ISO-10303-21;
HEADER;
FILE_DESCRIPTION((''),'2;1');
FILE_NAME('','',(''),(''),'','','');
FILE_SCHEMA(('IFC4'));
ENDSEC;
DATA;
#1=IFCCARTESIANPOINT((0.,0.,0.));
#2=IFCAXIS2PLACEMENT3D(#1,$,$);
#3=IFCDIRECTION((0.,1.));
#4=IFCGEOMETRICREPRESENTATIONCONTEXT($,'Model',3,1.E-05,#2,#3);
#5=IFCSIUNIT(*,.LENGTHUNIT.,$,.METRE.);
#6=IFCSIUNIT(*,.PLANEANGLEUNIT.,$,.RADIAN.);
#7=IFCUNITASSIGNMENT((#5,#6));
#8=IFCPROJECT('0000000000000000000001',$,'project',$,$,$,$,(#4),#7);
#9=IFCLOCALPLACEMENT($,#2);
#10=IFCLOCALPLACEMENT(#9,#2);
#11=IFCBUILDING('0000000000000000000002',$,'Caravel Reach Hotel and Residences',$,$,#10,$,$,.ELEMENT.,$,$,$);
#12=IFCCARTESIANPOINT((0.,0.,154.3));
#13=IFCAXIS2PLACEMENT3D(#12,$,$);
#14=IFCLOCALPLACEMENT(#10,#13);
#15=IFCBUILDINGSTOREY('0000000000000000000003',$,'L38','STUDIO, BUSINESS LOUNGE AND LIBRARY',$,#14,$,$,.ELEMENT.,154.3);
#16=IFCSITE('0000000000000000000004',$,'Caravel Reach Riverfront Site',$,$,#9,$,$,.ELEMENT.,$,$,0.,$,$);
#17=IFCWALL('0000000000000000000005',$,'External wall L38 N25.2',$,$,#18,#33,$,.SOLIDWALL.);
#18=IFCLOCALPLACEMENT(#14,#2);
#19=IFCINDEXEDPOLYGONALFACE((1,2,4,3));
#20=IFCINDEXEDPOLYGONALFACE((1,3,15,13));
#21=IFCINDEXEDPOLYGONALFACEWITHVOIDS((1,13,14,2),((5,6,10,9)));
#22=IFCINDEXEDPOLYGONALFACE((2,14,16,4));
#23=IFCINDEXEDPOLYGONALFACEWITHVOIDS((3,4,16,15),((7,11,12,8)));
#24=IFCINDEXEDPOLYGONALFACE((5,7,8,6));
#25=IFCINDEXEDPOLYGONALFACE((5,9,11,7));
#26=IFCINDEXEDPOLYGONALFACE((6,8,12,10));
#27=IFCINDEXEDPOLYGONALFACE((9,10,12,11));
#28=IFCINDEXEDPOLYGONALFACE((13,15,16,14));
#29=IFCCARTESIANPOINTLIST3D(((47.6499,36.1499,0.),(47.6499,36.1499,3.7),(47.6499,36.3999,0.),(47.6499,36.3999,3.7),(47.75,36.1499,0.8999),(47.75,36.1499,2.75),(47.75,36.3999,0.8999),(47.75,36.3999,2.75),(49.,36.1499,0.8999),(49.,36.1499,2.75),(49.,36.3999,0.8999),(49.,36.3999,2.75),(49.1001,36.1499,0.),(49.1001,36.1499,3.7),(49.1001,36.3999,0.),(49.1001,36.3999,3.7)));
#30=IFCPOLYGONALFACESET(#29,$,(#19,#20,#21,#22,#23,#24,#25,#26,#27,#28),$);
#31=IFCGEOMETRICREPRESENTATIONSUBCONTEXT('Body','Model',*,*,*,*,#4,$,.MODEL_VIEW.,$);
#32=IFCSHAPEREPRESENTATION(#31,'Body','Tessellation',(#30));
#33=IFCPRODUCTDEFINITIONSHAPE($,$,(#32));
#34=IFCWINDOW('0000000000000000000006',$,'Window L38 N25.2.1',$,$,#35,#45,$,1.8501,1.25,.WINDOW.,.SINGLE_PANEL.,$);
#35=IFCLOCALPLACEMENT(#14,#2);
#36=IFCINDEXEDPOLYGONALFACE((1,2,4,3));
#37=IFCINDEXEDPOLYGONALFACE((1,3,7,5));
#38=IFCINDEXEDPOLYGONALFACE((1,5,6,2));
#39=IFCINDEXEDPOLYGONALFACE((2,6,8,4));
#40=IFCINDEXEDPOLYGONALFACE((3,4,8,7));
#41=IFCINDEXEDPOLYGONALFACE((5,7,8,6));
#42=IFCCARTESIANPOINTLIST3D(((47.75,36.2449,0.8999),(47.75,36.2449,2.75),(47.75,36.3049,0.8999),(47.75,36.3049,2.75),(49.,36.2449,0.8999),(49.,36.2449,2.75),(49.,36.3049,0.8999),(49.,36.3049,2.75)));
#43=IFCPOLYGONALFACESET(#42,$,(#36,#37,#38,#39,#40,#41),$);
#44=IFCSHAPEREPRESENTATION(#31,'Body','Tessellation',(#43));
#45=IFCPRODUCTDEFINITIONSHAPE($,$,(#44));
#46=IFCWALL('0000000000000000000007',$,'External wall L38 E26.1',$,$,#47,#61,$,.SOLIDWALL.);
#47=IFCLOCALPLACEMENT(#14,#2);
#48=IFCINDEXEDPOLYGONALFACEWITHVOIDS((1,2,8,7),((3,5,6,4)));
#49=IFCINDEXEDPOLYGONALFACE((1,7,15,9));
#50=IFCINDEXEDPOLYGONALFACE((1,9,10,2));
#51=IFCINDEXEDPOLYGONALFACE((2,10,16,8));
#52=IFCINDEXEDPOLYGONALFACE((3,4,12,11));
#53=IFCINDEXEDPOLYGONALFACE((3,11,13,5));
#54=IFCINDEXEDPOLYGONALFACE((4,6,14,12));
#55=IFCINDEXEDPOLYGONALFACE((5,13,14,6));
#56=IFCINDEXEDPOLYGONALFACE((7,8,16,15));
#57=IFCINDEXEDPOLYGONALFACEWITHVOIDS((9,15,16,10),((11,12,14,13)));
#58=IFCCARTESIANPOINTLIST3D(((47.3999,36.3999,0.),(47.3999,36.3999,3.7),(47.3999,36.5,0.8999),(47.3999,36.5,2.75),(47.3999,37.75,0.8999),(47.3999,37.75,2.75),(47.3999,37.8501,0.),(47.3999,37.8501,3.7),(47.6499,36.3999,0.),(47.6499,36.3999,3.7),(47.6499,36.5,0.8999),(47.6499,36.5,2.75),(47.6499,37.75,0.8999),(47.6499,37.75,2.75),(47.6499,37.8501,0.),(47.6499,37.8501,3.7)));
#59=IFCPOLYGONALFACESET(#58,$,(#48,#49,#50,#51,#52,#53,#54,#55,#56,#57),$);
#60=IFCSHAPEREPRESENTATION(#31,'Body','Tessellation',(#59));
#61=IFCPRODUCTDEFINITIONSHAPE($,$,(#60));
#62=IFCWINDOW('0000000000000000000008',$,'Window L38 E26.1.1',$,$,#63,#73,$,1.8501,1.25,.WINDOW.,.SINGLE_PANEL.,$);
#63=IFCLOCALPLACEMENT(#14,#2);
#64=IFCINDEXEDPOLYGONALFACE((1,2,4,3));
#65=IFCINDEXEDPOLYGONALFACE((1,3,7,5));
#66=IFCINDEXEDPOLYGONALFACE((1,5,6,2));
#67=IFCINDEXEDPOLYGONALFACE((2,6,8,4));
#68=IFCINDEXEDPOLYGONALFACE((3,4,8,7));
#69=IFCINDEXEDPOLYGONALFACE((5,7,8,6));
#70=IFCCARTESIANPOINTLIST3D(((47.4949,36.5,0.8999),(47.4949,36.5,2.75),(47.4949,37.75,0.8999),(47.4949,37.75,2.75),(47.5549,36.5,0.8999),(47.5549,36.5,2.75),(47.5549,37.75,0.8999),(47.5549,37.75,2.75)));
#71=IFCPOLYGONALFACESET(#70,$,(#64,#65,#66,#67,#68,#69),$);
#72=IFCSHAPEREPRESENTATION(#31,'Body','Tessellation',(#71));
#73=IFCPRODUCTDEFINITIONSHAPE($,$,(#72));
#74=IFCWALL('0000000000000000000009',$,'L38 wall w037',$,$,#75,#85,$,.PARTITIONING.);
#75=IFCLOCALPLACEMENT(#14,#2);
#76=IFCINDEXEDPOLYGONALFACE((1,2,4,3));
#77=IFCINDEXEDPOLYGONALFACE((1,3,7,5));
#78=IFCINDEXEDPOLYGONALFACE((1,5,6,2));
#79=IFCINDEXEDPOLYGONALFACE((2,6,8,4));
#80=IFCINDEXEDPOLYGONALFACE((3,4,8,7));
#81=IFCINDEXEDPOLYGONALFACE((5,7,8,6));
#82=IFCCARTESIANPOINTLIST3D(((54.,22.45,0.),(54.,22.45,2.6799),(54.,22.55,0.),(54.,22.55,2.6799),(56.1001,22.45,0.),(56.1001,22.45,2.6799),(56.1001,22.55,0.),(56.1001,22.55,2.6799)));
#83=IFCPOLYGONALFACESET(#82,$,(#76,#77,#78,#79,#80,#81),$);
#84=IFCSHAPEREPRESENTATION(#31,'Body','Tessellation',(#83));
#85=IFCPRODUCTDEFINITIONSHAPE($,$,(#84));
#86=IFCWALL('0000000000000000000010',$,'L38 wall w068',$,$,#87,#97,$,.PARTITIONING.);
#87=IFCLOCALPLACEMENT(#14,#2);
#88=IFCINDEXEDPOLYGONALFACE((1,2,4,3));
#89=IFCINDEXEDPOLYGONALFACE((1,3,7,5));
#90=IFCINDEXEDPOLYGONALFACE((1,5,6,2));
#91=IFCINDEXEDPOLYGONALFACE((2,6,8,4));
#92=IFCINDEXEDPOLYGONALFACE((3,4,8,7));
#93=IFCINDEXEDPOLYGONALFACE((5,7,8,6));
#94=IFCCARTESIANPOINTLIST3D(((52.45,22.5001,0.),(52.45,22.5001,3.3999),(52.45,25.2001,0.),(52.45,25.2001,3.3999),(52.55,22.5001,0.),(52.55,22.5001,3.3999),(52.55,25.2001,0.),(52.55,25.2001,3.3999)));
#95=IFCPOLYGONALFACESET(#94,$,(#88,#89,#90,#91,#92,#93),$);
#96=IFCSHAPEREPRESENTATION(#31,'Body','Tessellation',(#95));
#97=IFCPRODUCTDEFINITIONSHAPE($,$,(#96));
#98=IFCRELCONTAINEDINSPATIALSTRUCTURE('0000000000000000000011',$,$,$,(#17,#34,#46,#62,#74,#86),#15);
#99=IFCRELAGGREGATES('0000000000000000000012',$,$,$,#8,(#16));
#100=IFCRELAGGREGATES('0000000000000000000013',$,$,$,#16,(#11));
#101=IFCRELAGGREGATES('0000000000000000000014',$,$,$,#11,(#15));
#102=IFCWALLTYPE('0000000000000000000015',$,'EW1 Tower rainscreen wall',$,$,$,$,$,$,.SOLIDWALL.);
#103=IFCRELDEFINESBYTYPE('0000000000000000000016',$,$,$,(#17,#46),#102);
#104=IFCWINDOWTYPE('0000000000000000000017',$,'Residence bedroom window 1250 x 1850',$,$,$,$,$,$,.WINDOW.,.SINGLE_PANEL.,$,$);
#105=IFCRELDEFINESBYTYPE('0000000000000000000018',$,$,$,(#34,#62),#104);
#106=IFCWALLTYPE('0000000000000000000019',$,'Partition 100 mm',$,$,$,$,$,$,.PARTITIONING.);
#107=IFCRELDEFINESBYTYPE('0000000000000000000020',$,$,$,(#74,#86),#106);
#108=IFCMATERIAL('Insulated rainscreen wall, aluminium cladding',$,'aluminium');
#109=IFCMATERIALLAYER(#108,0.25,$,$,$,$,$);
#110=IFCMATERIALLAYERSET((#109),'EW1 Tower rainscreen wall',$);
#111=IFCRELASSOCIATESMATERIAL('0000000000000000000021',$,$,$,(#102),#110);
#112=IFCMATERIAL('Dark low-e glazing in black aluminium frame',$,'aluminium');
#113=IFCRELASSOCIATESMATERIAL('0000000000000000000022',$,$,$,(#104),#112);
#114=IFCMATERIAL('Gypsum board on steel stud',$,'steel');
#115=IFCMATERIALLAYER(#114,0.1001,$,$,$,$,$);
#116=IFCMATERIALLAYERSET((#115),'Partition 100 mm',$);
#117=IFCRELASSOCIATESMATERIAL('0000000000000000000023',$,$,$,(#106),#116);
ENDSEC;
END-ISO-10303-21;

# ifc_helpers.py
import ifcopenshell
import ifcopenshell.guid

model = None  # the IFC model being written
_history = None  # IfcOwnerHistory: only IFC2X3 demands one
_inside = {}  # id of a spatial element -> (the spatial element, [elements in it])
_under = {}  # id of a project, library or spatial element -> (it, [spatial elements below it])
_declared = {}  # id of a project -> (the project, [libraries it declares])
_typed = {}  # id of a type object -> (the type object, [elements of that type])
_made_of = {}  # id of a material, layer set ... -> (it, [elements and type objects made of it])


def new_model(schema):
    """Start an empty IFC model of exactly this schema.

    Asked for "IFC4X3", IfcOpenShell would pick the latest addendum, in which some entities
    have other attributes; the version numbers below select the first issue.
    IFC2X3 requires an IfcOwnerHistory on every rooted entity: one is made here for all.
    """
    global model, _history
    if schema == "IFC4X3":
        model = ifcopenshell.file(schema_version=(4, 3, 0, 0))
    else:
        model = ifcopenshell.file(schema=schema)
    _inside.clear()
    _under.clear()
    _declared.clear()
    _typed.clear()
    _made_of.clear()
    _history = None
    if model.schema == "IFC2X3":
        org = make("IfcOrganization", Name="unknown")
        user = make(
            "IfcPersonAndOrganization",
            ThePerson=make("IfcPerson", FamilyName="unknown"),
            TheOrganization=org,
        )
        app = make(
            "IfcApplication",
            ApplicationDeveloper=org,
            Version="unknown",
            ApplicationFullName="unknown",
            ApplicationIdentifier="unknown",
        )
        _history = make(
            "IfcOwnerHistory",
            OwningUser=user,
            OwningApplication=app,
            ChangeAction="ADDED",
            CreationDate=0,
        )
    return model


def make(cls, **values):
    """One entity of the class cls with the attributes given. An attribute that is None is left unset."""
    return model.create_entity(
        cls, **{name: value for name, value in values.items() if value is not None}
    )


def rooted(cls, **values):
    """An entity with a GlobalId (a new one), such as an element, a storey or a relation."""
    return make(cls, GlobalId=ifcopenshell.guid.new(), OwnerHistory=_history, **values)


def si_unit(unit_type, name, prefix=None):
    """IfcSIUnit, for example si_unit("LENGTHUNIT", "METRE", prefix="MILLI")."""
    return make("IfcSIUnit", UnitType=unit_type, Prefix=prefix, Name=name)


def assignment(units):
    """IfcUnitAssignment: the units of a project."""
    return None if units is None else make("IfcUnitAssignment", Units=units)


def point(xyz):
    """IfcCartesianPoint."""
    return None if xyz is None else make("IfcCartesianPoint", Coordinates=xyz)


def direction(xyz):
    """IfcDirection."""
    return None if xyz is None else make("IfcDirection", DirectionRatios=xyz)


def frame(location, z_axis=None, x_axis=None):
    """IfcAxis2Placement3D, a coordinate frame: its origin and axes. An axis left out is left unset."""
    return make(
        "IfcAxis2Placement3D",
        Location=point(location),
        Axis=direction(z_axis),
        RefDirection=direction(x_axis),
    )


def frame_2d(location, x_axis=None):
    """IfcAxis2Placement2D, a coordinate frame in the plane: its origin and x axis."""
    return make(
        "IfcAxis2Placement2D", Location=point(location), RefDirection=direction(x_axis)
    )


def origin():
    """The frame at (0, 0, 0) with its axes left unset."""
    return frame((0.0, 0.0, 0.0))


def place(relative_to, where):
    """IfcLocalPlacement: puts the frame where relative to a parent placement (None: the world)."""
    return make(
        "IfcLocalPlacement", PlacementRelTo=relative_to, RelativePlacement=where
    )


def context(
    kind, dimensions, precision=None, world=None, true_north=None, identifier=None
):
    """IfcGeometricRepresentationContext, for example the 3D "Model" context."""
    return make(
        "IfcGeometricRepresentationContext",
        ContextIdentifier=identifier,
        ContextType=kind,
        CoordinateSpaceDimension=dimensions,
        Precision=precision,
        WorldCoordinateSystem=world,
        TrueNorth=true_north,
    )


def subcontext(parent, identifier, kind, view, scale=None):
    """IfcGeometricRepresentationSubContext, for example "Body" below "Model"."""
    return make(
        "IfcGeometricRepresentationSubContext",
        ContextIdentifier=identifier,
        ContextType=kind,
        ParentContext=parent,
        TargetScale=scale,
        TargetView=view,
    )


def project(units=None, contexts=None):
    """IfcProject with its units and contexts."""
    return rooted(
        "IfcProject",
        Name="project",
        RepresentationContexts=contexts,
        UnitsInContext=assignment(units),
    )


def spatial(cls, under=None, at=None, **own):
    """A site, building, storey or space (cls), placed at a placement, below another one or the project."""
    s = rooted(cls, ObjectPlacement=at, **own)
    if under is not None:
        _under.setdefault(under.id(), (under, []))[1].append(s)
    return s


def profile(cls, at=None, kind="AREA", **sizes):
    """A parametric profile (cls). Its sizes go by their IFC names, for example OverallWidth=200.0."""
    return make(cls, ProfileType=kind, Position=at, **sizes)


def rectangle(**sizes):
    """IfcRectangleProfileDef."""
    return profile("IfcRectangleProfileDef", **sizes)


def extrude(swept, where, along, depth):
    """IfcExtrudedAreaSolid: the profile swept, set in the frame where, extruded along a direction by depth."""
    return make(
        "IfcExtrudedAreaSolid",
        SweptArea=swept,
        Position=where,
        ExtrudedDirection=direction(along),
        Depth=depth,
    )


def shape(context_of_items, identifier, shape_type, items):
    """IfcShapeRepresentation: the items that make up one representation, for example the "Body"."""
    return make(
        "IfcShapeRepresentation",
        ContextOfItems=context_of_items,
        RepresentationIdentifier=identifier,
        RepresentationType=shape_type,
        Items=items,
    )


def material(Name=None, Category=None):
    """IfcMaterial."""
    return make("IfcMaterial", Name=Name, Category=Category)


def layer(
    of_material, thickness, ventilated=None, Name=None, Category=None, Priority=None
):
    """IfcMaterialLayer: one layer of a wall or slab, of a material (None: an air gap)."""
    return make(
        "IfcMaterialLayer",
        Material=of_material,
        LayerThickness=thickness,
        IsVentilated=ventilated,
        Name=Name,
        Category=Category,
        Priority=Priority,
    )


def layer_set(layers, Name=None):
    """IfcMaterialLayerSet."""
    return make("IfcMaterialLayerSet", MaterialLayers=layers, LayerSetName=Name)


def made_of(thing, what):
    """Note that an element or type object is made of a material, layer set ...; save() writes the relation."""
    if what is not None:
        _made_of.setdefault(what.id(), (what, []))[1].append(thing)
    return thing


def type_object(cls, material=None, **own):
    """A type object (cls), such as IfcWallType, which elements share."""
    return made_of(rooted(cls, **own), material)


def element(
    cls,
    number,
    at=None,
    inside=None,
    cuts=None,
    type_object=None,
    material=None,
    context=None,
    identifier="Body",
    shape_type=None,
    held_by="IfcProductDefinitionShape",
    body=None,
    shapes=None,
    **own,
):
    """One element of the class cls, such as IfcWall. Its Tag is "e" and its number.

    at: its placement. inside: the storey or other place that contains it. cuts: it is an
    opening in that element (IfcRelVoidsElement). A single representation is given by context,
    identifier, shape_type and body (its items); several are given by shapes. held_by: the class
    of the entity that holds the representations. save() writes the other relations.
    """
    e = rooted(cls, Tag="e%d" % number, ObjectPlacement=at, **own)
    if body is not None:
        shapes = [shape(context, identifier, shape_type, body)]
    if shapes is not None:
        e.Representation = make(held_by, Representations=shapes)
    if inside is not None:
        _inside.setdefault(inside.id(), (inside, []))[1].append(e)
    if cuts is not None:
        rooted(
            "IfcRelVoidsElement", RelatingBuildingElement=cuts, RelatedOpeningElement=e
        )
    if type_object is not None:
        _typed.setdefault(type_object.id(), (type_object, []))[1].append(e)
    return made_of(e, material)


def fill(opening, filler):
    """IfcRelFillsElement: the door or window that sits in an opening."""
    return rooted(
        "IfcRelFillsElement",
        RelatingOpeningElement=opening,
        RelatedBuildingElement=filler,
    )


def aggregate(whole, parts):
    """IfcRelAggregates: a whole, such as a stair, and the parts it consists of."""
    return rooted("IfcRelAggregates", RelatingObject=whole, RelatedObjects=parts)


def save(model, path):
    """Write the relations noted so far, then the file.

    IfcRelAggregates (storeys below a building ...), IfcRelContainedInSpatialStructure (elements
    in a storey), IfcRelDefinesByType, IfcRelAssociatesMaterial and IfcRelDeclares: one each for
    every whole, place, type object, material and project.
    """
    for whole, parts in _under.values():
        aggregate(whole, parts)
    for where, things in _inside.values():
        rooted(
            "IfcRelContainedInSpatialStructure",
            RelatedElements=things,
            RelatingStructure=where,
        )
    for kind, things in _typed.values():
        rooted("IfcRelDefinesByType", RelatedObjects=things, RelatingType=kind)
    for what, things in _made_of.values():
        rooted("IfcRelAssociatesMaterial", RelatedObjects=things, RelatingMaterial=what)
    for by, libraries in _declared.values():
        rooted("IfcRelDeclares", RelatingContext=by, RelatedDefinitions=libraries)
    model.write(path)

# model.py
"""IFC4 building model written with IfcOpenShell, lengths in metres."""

from ifc_helpers import new_model, si_unit, direction, frame, frame_2d, origin, place, context, subcontext, project, spatial, rectangle, extrude, material, layer, layer_set, type_object, element, fill, save


model = new_model("IFC4")

# Units and contexts
model_context = context("Model", 3, precision=1e-05, world=origin(), true_north=direction((0.0, 1.0)))
body_context = subcontext(model_context, "Body", "Model", "MODEL_VIEW")
ifc_project = project(units=[si_unit("LENGTHUNIT", "METRE"), si_unit("PLANEANGLEUNIT", "RADIAN")], contexts=[model_context])

# Site, building, storey
site_placement = place(None, origin())
site = spatial("IfcSite", under=ifc_project, at=site_placement, Name="Caravel Reach Riverfront Site", CompositionType="ELEMENT", RefElevation=0.0)
building_placement = place(site_placement, origin())
building = spatial("IfcBuilding", under=site, at=building_placement, Name="Caravel Reach Hotel and Residences", CompositionType="ELEMENT")
storey_placement = place(building_placement, frame((0.0, 0.0, 154.3)))
storey = spatial("IfcBuildingStorey", under=building, at=storey_placement, Name="L38", Description="STUDIO, BUSINESS LOUNGE AND LIBRARY", CompositionType="ELEMENT", Elevation=154.3)

# Shared definitions
ifc_material_1 = material(Name="Insulated rainscreen wall, aluminium cladding", Category="aluminium")
ifc_layer_1 = layer(ifc_material_1, 0.25)
ifc_layer_set_1 = layer_set([ifc_layer_1], Name="EW1 Tower rainscreen wall")
wall_type_1 = type_object("IfcWallType", Name="EW1 Tower rainscreen wall", PredefinedType="SOLIDWALL", material=ifc_layer_set_1)

# Walls, openings, windows
wall_1_placement = place(storey_placement, frame((49.1001, 36.2749, 0.0), z_axis=(0.0, 0.0, 1.0), x_axis=(-1.0, 0.0, 0.0)))
wall_1 = element("IfcWall", 1, at=wall_1_placement, inside=storey, type_object=wall_type_1, Name="External wall L38 N25.2", PredefinedType="SOLIDWALL", context=body_context, shape_type="SweptSolid", body=[
    extrude(rectangle(XDim=1.4502, YDim=0.25, at=frame_2d((0.7251, 0.0))), origin(), (0.0, 0.0, 1.0), 3.7),
])
opening_1_placement = place(wall_1_placement, frame((0.1001, 0.0, 0.8999)))
opening_1 = element("IfcOpeningElement", 2, at=opening_1_placement, cuts=wall_1, PredefinedType="OPENING", context=body_context, shape_type="SweptSolid", body=[
    extrude(rectangle(XDim=1.25, YDim=1.8501, at=frame_2d((0.625, 0.925))), frame((0.0, 0.135, 0.0), z_axis=(0.0, -1.0, 0.0), x_axis=(1.0, 0.0, 0.0)), (0.0, 0.0, 1.0), 0.27),
])
ifc_material_2 = material(Name="Dark low-e glazing in black aluminium frame", Category="aluminium")
window_type_1 = type_object("IfcWindowType", Name="Residence bedroom window 1250 x 1850", PartitioningType="SINGLE_PANEL", PredefinedType="WINDOW", material=ifc_material_2)
window_1_placement = place(opening_1_placement, origin())
window_1 = element("IfcWindow", 3, at=window_1_placement, inside=storey, type_object=window_type_1, Name="Window L38 N25.2.1", OverallHeight=1.8501, OverallWidth=1.25, PartitioningType="SINGLE_PANEL", PredefinedType="WINDOW", context=body_context, shape_type="SweptSolid", body=[
    extrude(rectangle(XDim=1.25, YDim=1.8501, at=frame_2d((0.625, 0.925))), frame((0.0, 0.03, 0.0), z_axis=(0.0, -1.0, 0.0), x_axis=(1.0, 0.0, 0.0)), (0.0, 0.0, 1.0), 0.0601),
])
fill(opening_1, window_1)
wall_2_placement = place(storey_placement, frame((47.5249, 36.3999, 0.0), z_axis=(0.0, 0.0, 1.0), x_axis=(0.0, 1.0, 0.0)))
wall_2 = element("IfcWall", 4, at=wall_2_placement, inside=storey, type_object=wall_type_1, Name="External wall L38 E26.1", PredefinedType="SOLIDWALL", context=body_context, shape_type="SweptSolid", body=[
    extrude(rectangle(XDim=1.4502, YDim=0.25, at=frame_2d((0.7251, 0.0))), origin(), (0.0, 0.0, 1.0), 3.7),
])
opening_2_placement = place(wall_2_placement, frame((0.1001, 0.0, 0.8999)))
opening_2 = element("IfcOpeningElement", 5, at=opening_2_placement, cuts=wall_2, PredefinedType="OPENING", context=body_context, shape_type="SweptSolid", body=[
    extrude(rectangle(XDim=1.25, YDim=1.8501, at=frame_2d((0.625, 0.925))), frame((0.0, 0.135, 0.0), z_axis=(0.0, -1.0, 0.0), x_axis=(1.0, 0.0, 0.0)), (0.0, 0.0, 1.0), 0.27),
])
window_2_placement = place(opening_2_placement, origin())
window_2 = element("IfcWindow", 6, at=window_2_placement, inside=storey, type_object=window_type_1, Name="Window L38 E26.1.1", OverallHeight=1.8501, OverallWidth=1.25, PartitioningType="SINGLE_PANEL", PredefinedType="WINDOW", context=body_context, shape_type="SweptSolid", body=[
    extrude(rectangle(XDim=1.25, YDim=1.8501, at=frame_2d((0.625, 0.925))), frame((0.0, 0.03, 0.0), z_axis=(0.0, -1.0, 0.0), x_axis=(1.0, 0.0, 0.0)), (0.0, 0.0, 1.0), 0.0601),
])
fill(opening_2, window_2)

# Walls
ifc_material_3 = material(Name="Gypsum board on steel stud", Category="steel")
ifc_layer_2 = layer(ifc_material_3, 0.1001)
ifc_layer_set_2 = layer_set([ifc_layer_2], Name="Partition 100 mm")
wall_type_2 = type_object("IfcWallType", Name="Partition 100 mm", PredefinedType="PARTITIONING", material=ifc_layer_set_2)
wall_3_placement = place(storey_placement, frame((54.0, 22.5, 0.0), z_axis=(0.0, 0.0, 1.0), x_axis=(1.0, 0.0, 0.0)))
element("IfcWall", 7, at=wall_3_placement, inside=storey, type_object=wall_type_2, Name="L38 wall w037", PredefinedType="PARTITIONING", context=body_context, shape_type="SweptSolid", body=[
    extrude(rectangle(XDim=2.1001, YDim=0.1001, at=frame_2d((1.05, 0.0))), origin(), (0.0, 0.0, 1.0), 2.6799),
])
wall_4_placement = place(storey_placement, frame((52.5, 22.5, 0.0), z_axis=(0.0, 0.0, 1.0), x_axis=(0.0, 1.0, 0.0)))
element("IfcWall", 8, at=wall_4_placement, inside=storey, type_object=wall_type_2, Name="L38 wall w068", PredefinedType="PARTITIONING", context=body_context, shape_type="SweptSolid", body=[
    extrude(rectangle(XDim=2.7, YDim=0.1001, at=frame_2d((1.3501, 0.0))), origin(), (0.0, 0.0, 1.0), 3.3999),
])

save(model, "model.ifc")
